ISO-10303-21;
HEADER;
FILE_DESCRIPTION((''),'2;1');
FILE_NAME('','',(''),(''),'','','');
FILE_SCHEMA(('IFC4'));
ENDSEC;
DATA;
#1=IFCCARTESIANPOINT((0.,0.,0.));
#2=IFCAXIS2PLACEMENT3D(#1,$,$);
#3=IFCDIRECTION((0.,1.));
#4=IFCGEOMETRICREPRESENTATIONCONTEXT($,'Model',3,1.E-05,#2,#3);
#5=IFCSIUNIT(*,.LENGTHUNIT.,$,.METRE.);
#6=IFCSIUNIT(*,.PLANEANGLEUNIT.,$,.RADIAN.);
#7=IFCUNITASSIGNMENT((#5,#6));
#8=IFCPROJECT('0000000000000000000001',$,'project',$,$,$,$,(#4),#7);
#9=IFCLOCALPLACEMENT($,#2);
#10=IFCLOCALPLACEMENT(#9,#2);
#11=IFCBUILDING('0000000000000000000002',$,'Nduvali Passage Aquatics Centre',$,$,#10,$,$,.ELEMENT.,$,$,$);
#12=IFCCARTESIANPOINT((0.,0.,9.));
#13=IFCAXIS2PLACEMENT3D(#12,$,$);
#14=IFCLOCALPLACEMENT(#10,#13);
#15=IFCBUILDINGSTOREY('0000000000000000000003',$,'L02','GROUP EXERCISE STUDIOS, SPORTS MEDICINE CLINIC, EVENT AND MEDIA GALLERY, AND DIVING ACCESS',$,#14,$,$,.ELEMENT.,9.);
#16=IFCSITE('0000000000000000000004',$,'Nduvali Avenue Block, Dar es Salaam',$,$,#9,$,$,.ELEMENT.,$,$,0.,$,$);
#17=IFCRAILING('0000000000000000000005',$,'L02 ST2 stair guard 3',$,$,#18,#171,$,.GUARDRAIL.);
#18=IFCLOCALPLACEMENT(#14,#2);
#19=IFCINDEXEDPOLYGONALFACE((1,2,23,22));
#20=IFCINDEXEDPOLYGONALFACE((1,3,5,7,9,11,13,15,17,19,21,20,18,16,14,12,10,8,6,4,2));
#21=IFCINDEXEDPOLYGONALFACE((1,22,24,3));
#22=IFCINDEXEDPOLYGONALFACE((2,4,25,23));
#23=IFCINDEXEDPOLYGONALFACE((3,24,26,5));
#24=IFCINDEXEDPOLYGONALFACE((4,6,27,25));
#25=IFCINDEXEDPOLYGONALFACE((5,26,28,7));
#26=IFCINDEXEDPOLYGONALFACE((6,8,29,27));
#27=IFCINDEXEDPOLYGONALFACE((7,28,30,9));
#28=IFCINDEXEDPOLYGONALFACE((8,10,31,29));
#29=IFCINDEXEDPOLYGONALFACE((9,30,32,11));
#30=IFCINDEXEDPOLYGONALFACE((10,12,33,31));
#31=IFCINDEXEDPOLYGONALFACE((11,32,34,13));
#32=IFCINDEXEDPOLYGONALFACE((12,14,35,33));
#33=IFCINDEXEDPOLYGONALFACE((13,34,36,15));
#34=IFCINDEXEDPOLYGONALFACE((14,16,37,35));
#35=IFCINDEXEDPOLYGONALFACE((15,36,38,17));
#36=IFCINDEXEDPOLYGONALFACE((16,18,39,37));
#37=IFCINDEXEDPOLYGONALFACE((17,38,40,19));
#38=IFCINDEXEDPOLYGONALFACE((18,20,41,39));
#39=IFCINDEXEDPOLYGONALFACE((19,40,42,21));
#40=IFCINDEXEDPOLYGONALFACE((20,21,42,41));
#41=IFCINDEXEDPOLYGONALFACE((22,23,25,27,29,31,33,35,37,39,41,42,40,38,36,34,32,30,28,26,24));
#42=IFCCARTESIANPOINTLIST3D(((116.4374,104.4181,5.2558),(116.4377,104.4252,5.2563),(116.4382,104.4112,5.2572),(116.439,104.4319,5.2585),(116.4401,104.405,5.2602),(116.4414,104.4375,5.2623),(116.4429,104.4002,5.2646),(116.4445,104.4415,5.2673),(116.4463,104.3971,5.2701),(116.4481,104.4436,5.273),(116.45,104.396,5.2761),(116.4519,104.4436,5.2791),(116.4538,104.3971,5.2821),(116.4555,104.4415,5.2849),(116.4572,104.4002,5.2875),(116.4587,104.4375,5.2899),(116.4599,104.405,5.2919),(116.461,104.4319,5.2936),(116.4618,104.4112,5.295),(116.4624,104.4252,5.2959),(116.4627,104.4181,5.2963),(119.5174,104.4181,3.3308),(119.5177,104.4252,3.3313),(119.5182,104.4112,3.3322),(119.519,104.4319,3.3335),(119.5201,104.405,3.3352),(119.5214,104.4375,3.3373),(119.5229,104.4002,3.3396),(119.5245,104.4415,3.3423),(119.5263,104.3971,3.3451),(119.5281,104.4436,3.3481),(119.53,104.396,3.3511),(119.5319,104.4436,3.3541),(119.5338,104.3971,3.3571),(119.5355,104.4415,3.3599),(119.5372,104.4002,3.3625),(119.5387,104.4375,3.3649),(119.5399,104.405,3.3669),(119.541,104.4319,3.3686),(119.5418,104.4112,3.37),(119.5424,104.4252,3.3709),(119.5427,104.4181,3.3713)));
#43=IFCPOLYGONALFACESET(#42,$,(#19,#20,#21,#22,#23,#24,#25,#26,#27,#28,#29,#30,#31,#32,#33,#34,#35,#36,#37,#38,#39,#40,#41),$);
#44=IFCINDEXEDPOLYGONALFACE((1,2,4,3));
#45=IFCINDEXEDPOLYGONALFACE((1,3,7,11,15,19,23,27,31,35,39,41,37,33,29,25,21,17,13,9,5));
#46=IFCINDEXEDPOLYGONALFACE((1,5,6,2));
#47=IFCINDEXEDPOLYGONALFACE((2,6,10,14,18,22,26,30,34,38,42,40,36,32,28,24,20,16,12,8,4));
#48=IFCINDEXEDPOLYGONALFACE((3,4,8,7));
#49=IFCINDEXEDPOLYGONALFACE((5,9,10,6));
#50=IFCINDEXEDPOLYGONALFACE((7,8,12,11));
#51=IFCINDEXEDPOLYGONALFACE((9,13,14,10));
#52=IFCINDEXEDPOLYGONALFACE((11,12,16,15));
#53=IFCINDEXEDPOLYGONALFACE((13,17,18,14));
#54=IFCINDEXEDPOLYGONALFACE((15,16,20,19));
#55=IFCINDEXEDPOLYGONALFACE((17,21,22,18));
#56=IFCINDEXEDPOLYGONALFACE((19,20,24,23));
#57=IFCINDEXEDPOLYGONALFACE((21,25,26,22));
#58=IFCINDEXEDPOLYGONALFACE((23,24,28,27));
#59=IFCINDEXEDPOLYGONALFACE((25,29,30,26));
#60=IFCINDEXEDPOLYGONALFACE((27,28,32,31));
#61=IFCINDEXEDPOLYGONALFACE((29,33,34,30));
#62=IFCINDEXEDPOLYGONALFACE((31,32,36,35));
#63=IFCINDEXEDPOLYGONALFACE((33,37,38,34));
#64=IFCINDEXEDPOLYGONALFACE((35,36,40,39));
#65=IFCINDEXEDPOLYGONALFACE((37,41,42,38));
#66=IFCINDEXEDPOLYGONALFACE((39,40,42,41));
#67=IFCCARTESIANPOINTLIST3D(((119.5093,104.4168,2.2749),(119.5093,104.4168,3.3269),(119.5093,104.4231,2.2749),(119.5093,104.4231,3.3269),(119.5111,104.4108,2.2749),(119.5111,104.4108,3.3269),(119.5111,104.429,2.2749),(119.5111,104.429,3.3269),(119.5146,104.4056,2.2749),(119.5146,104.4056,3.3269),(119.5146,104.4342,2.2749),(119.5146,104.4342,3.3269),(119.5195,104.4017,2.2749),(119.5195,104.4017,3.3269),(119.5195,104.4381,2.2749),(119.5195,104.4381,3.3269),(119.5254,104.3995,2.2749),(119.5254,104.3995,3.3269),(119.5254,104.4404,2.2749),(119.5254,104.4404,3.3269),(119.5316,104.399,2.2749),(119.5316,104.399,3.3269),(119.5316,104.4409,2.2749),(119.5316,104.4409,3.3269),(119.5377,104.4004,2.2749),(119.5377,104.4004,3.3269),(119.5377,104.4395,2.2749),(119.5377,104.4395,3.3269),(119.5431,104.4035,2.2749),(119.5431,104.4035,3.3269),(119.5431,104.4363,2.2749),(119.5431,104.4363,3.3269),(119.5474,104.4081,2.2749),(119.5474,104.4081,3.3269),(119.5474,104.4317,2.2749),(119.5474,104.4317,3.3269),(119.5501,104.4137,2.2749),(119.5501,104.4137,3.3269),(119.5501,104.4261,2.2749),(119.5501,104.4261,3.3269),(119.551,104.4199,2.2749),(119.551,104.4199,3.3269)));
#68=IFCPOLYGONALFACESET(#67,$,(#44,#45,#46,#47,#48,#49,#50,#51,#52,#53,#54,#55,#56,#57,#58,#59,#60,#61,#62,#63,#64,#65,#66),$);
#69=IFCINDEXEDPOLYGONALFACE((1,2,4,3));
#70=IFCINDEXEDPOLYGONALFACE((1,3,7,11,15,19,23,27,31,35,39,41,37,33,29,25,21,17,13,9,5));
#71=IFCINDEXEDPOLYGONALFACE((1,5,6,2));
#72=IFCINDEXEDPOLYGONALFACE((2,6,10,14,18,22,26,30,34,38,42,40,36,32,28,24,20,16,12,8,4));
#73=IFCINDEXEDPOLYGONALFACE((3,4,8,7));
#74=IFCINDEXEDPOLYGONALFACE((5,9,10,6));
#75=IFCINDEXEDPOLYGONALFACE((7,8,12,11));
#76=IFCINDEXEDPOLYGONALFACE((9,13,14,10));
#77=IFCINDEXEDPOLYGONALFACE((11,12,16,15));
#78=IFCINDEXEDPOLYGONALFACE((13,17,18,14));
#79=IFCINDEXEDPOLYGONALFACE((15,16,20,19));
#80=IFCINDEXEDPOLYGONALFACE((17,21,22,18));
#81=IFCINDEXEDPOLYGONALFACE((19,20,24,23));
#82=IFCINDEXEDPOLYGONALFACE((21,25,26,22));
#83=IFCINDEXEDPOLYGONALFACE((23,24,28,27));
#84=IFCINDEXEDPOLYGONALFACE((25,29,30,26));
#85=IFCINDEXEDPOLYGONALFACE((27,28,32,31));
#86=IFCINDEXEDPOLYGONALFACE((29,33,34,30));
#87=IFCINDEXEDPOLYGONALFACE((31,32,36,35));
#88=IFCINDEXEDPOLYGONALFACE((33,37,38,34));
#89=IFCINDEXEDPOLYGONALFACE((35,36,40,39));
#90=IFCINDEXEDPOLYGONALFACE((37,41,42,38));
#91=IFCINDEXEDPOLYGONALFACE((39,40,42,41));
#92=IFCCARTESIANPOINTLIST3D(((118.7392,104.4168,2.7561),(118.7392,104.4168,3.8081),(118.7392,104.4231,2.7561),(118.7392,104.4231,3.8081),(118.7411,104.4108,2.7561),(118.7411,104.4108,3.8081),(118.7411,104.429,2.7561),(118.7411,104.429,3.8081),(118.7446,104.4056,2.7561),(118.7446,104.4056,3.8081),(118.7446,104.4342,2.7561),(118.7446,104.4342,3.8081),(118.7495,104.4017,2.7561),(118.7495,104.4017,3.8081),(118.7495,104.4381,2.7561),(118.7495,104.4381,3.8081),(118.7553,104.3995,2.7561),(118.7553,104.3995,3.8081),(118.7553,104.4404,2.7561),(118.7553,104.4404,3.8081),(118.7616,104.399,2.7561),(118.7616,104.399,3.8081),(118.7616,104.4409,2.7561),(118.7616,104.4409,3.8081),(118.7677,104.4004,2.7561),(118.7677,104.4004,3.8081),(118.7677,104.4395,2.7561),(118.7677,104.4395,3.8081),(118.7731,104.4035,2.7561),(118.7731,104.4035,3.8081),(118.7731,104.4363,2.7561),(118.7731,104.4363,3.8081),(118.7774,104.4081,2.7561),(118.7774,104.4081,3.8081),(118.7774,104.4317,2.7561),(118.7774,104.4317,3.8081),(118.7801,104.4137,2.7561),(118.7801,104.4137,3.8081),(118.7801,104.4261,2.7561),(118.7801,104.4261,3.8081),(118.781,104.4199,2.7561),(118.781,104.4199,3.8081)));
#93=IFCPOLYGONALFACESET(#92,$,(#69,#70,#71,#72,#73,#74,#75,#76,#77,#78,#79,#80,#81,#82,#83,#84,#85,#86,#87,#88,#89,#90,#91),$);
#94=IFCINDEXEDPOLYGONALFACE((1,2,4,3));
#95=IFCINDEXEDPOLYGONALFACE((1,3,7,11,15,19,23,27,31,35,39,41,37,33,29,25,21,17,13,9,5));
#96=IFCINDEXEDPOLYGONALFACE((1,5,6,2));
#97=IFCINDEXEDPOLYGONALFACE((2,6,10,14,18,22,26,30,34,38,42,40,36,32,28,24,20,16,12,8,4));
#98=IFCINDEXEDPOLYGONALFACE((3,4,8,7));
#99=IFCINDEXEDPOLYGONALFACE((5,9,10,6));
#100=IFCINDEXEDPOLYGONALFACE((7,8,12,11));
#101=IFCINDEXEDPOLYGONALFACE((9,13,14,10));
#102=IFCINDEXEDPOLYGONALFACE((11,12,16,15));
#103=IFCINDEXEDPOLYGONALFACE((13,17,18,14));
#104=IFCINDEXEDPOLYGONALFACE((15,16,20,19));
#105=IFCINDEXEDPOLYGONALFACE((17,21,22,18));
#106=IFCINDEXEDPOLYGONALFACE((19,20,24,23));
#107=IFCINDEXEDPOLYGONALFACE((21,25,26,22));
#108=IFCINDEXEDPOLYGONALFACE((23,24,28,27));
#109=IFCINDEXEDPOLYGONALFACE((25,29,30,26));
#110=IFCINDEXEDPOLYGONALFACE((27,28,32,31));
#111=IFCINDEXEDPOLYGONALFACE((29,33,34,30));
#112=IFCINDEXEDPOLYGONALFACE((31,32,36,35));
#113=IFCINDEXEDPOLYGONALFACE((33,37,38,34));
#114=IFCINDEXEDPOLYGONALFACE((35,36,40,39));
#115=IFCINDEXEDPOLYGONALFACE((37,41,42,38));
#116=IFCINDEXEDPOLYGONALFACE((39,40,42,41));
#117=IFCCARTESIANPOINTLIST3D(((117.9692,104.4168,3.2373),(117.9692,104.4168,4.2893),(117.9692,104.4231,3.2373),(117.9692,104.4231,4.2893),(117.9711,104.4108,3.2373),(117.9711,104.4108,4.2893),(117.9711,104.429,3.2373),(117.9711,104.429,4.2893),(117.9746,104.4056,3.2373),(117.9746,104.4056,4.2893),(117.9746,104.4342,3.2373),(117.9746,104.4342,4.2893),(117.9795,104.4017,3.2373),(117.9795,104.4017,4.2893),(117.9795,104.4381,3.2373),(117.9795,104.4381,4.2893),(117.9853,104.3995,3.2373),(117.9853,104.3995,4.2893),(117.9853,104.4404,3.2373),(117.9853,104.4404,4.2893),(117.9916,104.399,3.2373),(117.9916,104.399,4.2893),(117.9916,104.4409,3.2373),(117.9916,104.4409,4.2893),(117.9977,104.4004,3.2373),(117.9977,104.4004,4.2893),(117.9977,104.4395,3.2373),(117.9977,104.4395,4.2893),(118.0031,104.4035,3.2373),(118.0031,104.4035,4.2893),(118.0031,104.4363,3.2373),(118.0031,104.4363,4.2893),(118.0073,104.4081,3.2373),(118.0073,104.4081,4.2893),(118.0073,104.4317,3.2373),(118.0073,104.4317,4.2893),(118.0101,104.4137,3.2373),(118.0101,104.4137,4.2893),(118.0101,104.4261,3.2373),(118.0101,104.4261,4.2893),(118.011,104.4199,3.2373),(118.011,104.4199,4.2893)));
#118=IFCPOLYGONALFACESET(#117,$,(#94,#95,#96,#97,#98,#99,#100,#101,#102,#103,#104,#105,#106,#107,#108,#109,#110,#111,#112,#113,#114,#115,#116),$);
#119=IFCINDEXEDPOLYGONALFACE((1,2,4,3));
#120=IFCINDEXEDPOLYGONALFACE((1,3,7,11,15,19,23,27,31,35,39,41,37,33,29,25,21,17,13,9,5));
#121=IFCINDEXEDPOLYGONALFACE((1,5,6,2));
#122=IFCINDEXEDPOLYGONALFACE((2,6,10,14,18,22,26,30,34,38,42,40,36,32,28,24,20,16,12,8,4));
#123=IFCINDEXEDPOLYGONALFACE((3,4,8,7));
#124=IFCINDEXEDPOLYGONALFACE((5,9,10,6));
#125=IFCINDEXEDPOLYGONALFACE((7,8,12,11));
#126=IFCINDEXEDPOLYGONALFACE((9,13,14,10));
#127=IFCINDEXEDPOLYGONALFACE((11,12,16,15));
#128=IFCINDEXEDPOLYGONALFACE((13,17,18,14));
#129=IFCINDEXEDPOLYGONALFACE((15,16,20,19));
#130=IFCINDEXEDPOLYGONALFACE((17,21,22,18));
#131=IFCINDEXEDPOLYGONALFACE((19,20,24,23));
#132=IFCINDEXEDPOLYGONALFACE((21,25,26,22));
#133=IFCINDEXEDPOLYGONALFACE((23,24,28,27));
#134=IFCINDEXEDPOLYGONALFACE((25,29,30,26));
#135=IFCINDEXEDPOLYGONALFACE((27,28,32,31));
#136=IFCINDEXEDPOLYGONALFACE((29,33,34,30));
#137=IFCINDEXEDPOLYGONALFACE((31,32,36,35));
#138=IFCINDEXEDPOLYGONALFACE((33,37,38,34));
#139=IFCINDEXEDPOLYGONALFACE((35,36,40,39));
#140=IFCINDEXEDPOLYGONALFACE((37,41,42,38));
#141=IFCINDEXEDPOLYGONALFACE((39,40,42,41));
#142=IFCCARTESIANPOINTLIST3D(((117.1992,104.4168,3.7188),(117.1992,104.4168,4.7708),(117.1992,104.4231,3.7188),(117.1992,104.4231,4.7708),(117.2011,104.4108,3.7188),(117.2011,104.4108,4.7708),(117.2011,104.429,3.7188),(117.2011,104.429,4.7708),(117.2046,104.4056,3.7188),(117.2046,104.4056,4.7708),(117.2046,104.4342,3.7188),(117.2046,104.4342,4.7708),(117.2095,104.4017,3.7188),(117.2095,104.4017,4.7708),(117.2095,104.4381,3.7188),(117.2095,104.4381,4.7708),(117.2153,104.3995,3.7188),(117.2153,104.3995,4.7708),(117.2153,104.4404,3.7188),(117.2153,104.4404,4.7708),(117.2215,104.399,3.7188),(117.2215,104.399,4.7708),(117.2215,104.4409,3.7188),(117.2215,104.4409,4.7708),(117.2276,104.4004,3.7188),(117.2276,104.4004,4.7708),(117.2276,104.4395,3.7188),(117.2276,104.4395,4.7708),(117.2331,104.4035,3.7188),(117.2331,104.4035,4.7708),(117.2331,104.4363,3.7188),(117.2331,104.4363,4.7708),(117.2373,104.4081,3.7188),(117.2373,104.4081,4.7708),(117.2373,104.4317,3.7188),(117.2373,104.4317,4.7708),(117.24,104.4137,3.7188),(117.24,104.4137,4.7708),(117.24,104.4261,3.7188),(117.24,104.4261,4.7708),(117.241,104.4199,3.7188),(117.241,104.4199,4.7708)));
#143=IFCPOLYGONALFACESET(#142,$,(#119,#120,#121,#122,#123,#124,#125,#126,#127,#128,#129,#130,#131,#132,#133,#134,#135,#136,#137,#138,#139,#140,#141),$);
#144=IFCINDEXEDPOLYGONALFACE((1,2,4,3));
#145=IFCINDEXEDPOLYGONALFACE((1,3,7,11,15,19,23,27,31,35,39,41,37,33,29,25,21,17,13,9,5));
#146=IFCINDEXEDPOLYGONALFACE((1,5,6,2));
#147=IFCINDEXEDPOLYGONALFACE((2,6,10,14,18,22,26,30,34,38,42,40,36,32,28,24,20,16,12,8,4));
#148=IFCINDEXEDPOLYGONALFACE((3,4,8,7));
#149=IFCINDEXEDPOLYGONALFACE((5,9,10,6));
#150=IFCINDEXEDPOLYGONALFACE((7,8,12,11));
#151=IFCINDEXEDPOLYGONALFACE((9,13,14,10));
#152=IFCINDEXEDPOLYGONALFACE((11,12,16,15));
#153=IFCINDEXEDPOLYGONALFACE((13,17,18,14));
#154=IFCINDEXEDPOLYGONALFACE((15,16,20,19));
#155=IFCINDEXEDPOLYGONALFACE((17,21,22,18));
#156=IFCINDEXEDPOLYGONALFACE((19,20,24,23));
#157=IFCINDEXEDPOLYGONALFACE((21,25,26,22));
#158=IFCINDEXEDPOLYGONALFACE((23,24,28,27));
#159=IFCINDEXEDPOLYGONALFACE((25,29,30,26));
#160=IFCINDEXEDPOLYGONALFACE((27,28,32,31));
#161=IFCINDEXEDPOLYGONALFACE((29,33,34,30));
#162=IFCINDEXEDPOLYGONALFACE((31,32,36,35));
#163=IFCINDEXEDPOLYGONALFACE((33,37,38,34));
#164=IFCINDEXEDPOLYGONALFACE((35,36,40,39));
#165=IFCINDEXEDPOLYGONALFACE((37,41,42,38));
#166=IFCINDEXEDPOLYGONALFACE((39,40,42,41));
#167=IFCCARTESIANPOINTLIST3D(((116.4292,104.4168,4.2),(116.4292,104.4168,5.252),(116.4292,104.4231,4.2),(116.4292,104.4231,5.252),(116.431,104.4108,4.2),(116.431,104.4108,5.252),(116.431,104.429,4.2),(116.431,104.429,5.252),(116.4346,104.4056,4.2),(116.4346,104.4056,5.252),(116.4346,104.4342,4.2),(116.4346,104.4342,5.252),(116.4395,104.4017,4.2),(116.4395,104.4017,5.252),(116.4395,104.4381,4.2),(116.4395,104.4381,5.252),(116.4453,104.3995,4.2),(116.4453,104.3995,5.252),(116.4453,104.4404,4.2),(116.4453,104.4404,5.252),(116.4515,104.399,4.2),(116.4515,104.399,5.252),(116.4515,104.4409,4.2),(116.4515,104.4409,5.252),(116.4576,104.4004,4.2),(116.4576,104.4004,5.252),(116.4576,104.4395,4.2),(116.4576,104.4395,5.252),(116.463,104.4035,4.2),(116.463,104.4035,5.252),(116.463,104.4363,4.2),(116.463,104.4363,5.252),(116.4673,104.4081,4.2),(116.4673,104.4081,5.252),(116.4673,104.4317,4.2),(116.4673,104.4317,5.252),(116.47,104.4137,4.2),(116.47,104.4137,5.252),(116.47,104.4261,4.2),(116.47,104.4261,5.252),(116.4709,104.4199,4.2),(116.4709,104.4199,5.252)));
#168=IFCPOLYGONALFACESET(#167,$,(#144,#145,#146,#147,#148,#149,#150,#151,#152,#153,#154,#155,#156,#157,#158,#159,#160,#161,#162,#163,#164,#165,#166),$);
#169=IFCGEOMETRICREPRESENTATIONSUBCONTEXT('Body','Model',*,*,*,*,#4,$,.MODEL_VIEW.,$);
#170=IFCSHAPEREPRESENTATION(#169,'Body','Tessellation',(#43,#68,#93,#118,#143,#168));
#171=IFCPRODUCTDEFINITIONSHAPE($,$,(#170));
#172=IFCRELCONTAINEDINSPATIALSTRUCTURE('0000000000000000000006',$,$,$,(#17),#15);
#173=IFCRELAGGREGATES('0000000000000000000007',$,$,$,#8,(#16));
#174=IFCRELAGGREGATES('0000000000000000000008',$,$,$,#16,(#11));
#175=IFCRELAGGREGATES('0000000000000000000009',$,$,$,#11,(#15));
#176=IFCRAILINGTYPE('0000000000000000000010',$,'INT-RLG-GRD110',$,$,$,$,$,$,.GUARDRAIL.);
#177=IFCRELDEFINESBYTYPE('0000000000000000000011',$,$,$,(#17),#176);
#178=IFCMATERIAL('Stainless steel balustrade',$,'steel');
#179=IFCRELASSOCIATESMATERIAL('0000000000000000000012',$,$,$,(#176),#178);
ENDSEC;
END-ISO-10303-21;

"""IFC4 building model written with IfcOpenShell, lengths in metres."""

from ifc_helpers import new_model, si_unit, direction, frame, origin, origin_2d, place, context, subcontext, project, spatial, circle, extrude, material, type_object, element, save


model = new_model("IFC4")

# Units and contexts
model_context = context("Model", 3, precision=1e-05, world=origin(), true_north=direction((0.0, 1.0)))
body_context = subcontext(model_context, "Body", "Model", "MODEL_VIEW")
ifc_project = project(units=[si_unit("LENGTHUNIT", "METRE"), si_unit("PLANEANGLEUNIT", "RADIAN")], contexts=[model_context])

# Site, building, storey
site_placement = place(None, origin())
site = spatial("IfcSite", under=ifc_project, at=site_placement, Name="Nduvali Avenue Block, Dar es Salaam", CompositionType="ELEMENT", RefElevation=0.0)
building_placement = place(site_placement, origin())
building = spatial("IfcBuilding", under=site, at=building_placement, Name="Nduvali Passage Aquatics Centre", CompositionType="ELEMENT")
storey_placement = place(building_placement, frame((0.0, 0.0, 9.0)))
storey = spatial("IfcBuildingStorey", under=building, at=storey_placement, Name="L02", Description="GROUP EXERCISE STUDIOS, SPORTS MEDICINE CLINIC, EVENT AND MEDIA GALLERY, AND DIVING ACCESS", CompositionType="ELEMENT", Elevation=9.0)

# Railing
ifc_material_1 = material(Name="Stainless steel balustrade", Category="steel")
railing_type_1 = type_object("IfcRailingType", Name="INT-RLG-GRD110", PredefinedType="GUARDRAIL", material=ifc_material_1)
railing_1_placement = place(storey_placement, frame((119.53, 104.4199, 2.2749)))
element("IfcRailing", 1, at=railing_1_placement, inside=storey, type_object=railing_type_1, Name="L02 ST2 stair guard 3", PredefinedType="GUARDRAIL", context=body_context, shape_type="SweptSolid", body=[
    extrude(circle(Radius=0.0239, at=origin_2d()), frame((0.0, 0.0, 1.0762), z_axis=(-0.847998, 0.0, 0.529999), x_axis=(0.0, -1.0, 0.0)), (0.0, 0.0, 1.0), 3.6321),
    extrude(circle(Radius=0.021, at=origin_2d()), origin(), (0.0, 0.0, 1.0), 1.052),
    extrude(circle(Radius=0.021, at=origin_2d()), frame((-0.77, 0.0, 0.4812)), (0.0, 0.0, 1.0), 1.052),
    extrude(circle(Radius=0.021, at=origin_2d()), frame((-1.54, 0.0, 0.9624)), (0.0, 0.0, 1.0), 1.052),
    extrude(circle(Radius=0.021, at=origin_2d()), frame((-2.3101, 0.0, 1.4438)), (0.0, 0.0, 1.0), 1.052),
    extrude(circle(Radius=0.021, at=origin_2d()), frame((-3.0801, 0.0, 1.925)), (0.0, 0.0, 1.0), 1.052),
])

save(model, "model.ifc")
